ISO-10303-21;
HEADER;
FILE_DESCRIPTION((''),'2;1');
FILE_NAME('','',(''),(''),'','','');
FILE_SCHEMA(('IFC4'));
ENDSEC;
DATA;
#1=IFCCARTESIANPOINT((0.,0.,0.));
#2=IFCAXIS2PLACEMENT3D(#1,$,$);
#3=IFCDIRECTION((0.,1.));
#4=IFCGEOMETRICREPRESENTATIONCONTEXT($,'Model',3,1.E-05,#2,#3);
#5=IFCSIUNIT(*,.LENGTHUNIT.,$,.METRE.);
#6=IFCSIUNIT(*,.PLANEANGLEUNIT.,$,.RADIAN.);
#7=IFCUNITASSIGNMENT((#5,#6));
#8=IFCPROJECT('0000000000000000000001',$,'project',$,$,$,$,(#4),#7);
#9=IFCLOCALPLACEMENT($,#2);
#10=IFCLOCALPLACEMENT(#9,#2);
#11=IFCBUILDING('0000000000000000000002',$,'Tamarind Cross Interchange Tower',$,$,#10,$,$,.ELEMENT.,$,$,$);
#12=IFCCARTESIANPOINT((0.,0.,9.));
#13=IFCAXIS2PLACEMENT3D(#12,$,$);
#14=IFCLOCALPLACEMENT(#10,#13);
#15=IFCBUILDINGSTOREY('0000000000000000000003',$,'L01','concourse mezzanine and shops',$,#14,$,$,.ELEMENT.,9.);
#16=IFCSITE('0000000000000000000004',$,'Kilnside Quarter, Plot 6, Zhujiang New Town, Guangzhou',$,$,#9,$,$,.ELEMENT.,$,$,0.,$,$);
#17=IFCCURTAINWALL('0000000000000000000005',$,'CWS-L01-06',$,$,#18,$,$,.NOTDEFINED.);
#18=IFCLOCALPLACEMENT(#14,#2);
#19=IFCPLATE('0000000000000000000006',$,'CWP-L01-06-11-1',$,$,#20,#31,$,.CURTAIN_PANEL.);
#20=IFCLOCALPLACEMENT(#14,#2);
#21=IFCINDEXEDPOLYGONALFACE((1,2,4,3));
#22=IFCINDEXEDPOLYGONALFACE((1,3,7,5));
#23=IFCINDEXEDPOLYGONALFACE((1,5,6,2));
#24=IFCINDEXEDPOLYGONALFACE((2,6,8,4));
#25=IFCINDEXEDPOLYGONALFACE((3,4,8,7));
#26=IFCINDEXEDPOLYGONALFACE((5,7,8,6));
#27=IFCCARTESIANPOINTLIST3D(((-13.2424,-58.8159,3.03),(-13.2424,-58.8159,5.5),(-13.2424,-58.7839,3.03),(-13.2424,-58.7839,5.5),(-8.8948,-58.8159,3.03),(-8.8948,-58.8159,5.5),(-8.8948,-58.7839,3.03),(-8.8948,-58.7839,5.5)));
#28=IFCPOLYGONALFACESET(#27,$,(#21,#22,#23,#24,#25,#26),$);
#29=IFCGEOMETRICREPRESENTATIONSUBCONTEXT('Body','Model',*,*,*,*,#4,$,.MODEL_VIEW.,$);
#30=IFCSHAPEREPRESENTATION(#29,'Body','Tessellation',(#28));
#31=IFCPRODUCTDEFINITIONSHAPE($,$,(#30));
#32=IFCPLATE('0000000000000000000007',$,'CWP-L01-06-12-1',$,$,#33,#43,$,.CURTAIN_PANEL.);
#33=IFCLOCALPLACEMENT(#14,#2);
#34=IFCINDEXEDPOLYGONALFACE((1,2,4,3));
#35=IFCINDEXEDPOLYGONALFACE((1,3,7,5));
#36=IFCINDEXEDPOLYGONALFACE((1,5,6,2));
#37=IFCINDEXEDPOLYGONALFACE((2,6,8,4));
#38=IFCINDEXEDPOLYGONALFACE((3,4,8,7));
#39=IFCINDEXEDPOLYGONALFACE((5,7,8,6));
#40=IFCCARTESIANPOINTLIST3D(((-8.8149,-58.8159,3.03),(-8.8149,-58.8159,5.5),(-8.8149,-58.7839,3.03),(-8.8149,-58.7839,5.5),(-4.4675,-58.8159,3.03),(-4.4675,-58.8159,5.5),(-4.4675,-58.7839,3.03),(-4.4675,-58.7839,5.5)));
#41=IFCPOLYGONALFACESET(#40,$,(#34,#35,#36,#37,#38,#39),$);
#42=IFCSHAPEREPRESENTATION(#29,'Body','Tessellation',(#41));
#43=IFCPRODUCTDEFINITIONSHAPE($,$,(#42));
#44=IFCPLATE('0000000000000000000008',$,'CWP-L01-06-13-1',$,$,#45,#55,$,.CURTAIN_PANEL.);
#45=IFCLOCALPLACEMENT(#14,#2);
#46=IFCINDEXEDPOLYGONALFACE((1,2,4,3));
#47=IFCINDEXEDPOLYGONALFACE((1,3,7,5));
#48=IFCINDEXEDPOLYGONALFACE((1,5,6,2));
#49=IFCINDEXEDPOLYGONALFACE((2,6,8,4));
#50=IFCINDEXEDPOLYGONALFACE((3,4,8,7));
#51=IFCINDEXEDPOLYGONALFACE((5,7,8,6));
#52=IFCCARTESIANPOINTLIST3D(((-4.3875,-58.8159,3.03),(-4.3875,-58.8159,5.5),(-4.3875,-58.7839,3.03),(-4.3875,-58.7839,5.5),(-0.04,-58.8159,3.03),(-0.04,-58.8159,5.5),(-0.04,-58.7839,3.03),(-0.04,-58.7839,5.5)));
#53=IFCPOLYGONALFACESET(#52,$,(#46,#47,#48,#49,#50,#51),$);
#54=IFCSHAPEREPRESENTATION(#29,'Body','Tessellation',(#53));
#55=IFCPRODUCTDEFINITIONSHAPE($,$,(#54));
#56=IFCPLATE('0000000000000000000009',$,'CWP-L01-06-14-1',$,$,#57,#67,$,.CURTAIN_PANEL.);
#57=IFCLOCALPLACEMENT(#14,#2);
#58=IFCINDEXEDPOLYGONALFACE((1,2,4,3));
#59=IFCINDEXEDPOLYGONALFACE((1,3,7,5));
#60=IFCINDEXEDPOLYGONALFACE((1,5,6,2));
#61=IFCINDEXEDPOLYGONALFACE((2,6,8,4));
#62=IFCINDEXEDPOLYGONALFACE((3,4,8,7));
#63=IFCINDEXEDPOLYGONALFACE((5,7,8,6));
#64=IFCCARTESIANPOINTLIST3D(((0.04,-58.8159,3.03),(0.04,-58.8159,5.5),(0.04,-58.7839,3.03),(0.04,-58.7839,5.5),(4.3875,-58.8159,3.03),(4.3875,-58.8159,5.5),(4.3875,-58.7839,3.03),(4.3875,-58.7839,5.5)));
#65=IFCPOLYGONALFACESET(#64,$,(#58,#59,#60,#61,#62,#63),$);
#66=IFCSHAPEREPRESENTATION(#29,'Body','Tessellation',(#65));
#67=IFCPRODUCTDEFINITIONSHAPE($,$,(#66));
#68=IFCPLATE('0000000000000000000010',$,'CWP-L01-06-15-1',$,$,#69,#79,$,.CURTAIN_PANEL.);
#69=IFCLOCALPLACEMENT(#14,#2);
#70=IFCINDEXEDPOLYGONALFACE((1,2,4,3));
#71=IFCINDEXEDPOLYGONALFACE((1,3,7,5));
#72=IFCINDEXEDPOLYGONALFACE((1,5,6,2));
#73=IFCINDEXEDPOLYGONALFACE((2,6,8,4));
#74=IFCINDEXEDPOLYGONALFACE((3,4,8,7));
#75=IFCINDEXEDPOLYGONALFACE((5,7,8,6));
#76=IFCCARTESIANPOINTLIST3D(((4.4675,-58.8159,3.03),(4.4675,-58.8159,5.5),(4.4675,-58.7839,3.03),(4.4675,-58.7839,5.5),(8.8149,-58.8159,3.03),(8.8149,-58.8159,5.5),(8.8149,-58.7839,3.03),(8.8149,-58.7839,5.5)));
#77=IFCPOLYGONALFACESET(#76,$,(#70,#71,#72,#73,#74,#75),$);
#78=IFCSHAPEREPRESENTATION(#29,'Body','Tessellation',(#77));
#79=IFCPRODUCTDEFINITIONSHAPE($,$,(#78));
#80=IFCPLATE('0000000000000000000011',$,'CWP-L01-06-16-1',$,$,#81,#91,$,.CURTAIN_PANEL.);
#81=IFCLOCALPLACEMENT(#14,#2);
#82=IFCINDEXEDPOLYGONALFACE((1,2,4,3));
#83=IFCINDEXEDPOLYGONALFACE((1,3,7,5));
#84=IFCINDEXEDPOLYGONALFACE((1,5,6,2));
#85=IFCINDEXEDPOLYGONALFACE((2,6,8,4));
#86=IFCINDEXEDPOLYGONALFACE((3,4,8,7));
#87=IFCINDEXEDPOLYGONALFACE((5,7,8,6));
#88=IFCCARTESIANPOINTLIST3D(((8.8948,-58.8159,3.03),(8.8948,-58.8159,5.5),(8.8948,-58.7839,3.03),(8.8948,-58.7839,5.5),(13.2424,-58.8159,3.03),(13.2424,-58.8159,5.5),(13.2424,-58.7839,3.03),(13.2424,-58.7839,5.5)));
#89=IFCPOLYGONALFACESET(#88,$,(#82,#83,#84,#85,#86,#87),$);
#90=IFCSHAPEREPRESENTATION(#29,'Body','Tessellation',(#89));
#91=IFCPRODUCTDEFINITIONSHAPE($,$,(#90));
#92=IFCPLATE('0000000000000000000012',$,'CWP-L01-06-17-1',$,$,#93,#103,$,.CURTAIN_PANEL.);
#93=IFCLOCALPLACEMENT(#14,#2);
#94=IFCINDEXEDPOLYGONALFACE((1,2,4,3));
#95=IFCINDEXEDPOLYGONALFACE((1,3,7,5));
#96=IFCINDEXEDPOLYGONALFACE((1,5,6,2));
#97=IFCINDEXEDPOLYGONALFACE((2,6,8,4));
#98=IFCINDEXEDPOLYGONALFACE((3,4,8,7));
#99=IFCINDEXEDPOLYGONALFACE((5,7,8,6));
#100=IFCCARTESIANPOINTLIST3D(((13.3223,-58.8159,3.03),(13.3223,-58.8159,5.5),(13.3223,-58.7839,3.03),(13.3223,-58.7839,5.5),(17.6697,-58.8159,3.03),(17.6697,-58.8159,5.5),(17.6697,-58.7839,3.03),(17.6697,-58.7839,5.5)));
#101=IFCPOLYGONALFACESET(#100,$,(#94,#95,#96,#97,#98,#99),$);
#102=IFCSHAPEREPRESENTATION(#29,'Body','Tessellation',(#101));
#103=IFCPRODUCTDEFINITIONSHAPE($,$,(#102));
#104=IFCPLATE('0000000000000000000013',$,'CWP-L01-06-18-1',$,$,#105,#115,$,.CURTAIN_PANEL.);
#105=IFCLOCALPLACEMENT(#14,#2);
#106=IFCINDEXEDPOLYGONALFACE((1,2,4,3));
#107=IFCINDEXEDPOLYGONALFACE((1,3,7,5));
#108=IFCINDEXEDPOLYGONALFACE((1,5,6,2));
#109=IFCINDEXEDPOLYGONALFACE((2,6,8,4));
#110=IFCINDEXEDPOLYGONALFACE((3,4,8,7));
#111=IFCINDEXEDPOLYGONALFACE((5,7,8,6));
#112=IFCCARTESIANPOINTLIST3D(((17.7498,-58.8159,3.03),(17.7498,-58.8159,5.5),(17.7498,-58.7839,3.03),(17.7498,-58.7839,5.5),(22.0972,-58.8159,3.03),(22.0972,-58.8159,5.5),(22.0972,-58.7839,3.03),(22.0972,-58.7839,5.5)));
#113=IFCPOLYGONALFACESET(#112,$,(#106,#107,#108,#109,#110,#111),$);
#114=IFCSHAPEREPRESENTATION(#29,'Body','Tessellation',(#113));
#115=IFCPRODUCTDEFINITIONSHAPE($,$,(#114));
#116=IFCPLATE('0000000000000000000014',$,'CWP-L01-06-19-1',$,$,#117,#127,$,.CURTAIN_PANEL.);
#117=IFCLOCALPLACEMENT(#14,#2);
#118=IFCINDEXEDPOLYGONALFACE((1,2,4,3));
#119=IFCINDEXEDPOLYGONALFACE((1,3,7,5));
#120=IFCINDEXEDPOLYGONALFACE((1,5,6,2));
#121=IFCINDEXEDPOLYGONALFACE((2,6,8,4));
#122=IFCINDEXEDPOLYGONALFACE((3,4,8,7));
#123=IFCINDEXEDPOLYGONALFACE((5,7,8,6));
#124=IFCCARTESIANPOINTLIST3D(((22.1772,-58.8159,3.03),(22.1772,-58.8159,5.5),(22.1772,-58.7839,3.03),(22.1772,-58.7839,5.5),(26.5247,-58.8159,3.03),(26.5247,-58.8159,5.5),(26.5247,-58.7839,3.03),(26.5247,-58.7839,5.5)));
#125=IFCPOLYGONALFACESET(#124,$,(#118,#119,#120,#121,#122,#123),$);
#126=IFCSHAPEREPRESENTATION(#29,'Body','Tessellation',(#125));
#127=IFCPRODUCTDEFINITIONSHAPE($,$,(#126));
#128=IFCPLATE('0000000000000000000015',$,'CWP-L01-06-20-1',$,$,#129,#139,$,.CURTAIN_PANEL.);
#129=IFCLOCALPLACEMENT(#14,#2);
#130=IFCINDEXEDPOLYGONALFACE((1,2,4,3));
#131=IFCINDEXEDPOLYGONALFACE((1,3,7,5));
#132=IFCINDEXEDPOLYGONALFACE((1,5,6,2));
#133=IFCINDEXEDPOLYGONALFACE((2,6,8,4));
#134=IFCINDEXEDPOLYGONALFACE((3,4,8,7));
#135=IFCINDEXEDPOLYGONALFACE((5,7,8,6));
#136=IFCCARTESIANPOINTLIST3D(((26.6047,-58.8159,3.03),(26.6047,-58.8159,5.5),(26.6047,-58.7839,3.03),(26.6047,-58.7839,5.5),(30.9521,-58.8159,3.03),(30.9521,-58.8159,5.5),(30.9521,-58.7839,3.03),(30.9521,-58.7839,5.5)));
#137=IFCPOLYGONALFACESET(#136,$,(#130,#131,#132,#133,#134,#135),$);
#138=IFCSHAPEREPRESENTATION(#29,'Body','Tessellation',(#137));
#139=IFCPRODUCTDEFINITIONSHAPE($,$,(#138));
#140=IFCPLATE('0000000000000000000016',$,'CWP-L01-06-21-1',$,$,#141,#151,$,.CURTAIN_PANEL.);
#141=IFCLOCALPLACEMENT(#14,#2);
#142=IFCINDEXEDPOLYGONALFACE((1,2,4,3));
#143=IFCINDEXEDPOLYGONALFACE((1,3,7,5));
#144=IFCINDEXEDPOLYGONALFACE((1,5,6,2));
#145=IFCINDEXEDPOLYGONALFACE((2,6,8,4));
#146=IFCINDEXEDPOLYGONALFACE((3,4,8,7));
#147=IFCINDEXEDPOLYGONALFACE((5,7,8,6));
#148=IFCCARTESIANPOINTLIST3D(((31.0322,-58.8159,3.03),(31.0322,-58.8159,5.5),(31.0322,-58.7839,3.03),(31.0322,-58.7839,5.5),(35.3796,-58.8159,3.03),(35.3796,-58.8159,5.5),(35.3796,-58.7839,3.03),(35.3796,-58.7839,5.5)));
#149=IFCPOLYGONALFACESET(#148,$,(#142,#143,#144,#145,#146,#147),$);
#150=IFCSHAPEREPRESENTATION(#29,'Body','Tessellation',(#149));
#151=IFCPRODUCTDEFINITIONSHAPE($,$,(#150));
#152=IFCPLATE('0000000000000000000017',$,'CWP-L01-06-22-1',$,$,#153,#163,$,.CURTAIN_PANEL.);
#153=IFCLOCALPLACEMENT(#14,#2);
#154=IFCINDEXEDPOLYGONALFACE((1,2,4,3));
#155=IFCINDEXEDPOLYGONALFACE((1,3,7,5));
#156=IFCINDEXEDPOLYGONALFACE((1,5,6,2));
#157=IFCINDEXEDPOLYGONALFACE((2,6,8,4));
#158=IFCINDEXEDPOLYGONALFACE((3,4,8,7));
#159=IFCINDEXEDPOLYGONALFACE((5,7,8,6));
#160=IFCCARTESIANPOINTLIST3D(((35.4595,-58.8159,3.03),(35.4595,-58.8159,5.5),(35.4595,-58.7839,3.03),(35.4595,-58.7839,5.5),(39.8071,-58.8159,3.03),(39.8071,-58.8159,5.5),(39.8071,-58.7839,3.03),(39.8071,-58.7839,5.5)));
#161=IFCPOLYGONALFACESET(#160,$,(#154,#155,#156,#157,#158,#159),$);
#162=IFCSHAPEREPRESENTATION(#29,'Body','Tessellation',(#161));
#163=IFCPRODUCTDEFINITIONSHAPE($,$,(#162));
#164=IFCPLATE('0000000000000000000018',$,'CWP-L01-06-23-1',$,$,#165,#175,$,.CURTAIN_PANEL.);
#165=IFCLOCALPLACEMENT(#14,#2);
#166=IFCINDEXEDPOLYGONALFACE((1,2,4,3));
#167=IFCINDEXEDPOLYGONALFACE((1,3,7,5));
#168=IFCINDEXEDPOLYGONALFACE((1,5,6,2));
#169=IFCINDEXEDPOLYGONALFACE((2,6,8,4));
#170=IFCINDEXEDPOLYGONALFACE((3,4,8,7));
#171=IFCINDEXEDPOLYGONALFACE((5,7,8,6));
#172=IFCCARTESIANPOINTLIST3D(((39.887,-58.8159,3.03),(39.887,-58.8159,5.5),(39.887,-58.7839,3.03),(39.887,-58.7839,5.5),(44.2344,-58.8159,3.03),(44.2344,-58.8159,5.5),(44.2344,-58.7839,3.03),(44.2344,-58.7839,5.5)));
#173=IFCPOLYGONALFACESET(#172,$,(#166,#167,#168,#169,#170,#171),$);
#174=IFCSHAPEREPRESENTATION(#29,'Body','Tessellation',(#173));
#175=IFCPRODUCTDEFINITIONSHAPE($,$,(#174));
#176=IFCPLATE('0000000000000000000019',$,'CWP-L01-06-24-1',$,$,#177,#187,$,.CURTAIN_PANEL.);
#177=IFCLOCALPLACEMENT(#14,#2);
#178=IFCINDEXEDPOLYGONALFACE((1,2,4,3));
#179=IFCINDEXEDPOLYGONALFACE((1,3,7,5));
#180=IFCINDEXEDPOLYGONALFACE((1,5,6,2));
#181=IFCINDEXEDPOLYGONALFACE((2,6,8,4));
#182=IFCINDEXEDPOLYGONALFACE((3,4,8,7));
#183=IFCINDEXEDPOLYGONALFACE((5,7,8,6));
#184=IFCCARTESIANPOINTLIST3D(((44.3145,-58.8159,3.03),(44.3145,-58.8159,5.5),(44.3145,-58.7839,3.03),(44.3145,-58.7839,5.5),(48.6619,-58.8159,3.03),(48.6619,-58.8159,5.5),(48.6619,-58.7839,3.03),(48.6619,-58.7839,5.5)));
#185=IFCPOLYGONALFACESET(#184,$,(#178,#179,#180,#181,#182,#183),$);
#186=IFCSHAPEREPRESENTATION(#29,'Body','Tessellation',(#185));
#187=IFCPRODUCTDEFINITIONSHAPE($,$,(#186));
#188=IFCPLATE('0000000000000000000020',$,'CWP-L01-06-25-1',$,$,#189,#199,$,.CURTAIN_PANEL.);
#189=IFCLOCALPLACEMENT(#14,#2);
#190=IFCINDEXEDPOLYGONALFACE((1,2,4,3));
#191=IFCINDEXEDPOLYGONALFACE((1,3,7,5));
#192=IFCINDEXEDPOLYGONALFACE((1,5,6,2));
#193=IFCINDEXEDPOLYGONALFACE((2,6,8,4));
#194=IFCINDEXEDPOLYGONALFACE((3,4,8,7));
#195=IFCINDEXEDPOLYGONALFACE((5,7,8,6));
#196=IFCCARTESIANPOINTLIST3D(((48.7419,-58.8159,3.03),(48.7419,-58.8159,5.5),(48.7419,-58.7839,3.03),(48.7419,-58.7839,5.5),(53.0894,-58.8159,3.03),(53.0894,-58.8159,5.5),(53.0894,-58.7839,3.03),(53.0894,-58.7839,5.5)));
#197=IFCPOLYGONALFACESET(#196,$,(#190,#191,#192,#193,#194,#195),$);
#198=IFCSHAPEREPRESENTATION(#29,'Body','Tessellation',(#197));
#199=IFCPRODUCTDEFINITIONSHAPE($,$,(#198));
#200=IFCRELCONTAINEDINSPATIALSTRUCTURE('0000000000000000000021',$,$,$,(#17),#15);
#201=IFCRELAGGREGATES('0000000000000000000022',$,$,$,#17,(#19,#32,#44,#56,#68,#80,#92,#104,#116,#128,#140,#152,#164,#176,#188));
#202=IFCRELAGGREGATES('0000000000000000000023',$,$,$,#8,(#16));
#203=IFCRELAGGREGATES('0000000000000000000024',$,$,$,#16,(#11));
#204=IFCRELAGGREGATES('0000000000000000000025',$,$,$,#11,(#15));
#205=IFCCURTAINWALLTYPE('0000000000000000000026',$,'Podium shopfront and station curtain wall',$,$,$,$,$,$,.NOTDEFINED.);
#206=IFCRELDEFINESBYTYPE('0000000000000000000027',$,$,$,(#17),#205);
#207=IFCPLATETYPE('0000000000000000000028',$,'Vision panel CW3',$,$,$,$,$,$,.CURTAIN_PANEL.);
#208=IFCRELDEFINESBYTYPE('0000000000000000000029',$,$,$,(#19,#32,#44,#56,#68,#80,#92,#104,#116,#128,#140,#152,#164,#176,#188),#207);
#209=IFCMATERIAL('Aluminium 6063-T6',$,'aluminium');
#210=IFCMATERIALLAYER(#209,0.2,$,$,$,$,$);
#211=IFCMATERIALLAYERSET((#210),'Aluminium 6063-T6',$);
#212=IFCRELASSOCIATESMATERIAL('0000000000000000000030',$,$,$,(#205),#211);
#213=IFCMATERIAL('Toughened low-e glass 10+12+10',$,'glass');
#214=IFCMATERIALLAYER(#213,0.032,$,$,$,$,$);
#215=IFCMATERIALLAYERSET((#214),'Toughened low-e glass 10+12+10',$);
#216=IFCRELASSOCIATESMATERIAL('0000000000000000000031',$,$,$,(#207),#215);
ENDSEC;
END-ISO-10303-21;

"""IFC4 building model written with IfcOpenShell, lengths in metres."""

from ifc_helpers import new_model, si_unit, direction, frame, origin, place, context, subcontext, project, spatial, polyline, outline, extrude, material, layer, layer_set, type_object, element, aggregate, save


model = new_model("IFC4")

# Units and contexts
model_context = context("Model", 3, precision=1e-05, world=origin(), true_north=direction((0.0, 1.0)))
body_context = subcontext(model_context, "Body", "Model", "MODEL_VIEW")
ifc_project = project(units=[si_unit("LENGTHUNIT", "METRE"), si_unit("PLANEANGLEUNIT", "RADIAN")], contexts=[model_context])

# Site, building, storey
site_placement = place(None, origin())
site = spatial("IfcSite", under=ifc_project, at=site_placement, Name="Kilnside Quarter, Plot 6, Zhujiang New Town, Guangzhou", CompositionType="ELEMENT", RefElevation=0.0)
building_placement = place(site_placement, origin())
building = spatial("IfcBuilding", under=site, at=building_placement, Name="Tamarind Cross Interchange Tower", CompositionType="ELEMENT")
storey_placement = place(building_placement, frame((0.0, 0.0, 9.0)))
storey = spatial("IfcBuildingStorey", under=building, at=storey_placement, Name="L01", Description="concourse mezzanine and shops", CompositionType="ELEMENT", Elevation=9.0)

# Curtain wall, plates
ifc_material_1 = material(Name="Aluminium 6063-T6", Category="aluminium")
ifc_layer_1 = layer(ifc_material_1, 0.2)
ifc_layer_set_1 = layer_set([ifc_layer_1], Name="Aluminium 6063-T6")
curtain_wall_type = type_object("IfcCurtainWallType", Name="Podium shopfront and station curtain wall", PredefinedType="NOTDEFINED", material=ifc_layer_set_1)
curtain_wall_placement = place(storey_placement, origin())
curtain_wall = element("IfcCurtainWall", 1, at=curtain_wall_placement, inside=storey, type_object=curtain_wall_type, Name="CWS-L01-06", PredefinedType="NOTDEFINED")
ifc_material_2 = material(Name="Toughened low-e glass 10+12+10", Category="glass")
ifc_layer_2 = layer(ifc_material_2, 0.032)
ifc_layer_set_2 = layer_set([ifc_layer_2], Name="Toughened low-e glass 10+12+10")
plate_type = type_object("IfcPlateType", Name="Vision panel CW3", PredefinedType="CURTAIN_PANEL", material=ifc_layer_set_2)
plate_1_placement = place(storey_placement, frame((0.0, 0.0, 3.03)))
plate_1 = element("IfcPlate", 2, at=plate_1_placement, type_object=plate_type, Name="CWP-L01-06-11-1", PredefinedType="CURTAIN_PANEL", context=body_context, shape_type="SweptSolid", body=[
    extrude(outline(polyline([(-13.2424, -58.7839), (-8.8948, -58.7839), (-8.8948, -58.8159), (-13.2424, -58.8159), (-13.2424, -58.7839)])), origin(), (0.0, 0.0, 1.0), 2.47),
])
plate_2_placement = place(storey_placement, frame((0.0, 0.0, 3.03)))
plate_2 = element("IfcPlate", 3, at=plate_2_placement, type_object=plate_type, Name="CWP-L01-06-12-1", PredefinedType="CURTAIN_PANEL", context=body_context, shape_type="SweptSolid", body=[
    extrude(outline(polyline([(-8.8149, -58.7839), (-4.4675, -58.7839), (-4.4675, -58.8159), (-8.8149, -58.8159), (-8.8149, -58.7839)])), origin(), (0.0, 0.0, 1.0), 2.47),
])
plate_3_placement = place(storey_placement, frame((0.0, 0.0, 3.03)))
plate_3 = element("IfcPlate", 4, at=plate_3_placement, type_object=plate_type, Name="CWP-L01-06-13-1", PredefinedType="CURTAIN_PANEL", context=body_context, shape_type="SweptSolid", body=[
    extrude(outline(polyline([(-4.3875, -58.7839), (-0.04, -58.7839), (-0.04, -58.8159), (-4.3875, -58.8159), (-4.3875, -58.7839)])), origin(), (0.0, 0.0, 1.0), 2.47),
])
plate_4_placement = place(storey_placement, frame((0.0, 0.0, 3.03)))
plate_4 = element("IfcPlate", 5, at=plate_4_placement, type_object=plate_type, Name="CWP-L01-06-14-1", PredefinedType="CURTAIN_PANEL", context=body_context, shape_type="SweptSolid", body=[
    extrude(outline(polyline([(0.04, -58.7839), (4.3875, -58.7839), (4.3875, -58.8159), (0.04, -58.8159), (0.04, -58.7839)])), origin(), (0.0, 0.0, 1.0), 2.47),
])
plate_5_placement = place(storey_placement, frame((0.0, 0.0, 3.03)))
plate_5 = element("IfcPlate", 6, at=plate_5_placement, type_object=plate_type, Name="CWP-L01-06-15-1", PredefinedType="CURTAIN_PANEL", context=body_context, shape_type="SweptSolid", body=[
    extrude(outline(polyline([(4.4675, -58.7839), (8.8149, -58.7839), (8.8149, -58.8159), (4.4675, -58.8159), (4.4675, -58.7839)])), origin(), (0.0, 0.0, 1.0), 2.47),
])
plate_6_placement = place(storey_placement, frame((0.0, 0.0, 3.03)))
plate_6 = element("IfcPlate", 7, at=plate_6_placement, type_object=plate_type, Name="CWP-L01-06-16-1", PredefinedType="CURTAIN_PANEL", context=body_context, shape_type="SweptSolid", body=[
    extrude(outline(polyline([(8.8948, -58.7839), (13.2424, -58.7839), (13.2424, -58.8159), (8.8948, -58.8159), (8.8948, -58.7839)])), origin(), (0.0, 0.0, 1.0), 2.47),
])
plate_7_placement = place(storey_placement, frame((0.0, 0.0, 3.03)))
plate_7 = element("IfcPlate", 8, at=plate_7_placement, type_object=plate_type, Name="CWP-L01-06-17-1", PredefinedType="CURTAIN_PANEL", context=body_context, shape_type="SweptSolid", body=[
    extrude(outline(polyline([(13.3223, -58.7839), (17.6697, -58.7839), (17.6697, -58.8159), (13.3223, -58.8159), (13.3223, -58.7839)])), origin(), (0.0, 0.0, 1.0), 2.47),
])
plate_8_placement = place(storey_placement, frame((0.0, 0.0, 3.03)))
plate_8 = element("IfcPlate", 9, at=plate_8_placement, type_object=plate_type, Name="CWP-L01-06-18-1", PredefinedType="CURTAIN_PANEL", context=body_context, shape_type="SweptSolid", body=[
    extrude(outline(polyline([(17.7498, -58.7839), (22.0972, -58.7839), (22.0972, -58.8159), (17.7498, -58.8159), (17.7498, -58.7839)])), origin(), (0.0, 0.0, 1.0), 2.47),
])
plate_9_placement = place(storey_placement, frame((0.0, 0.0, 3.03)))
plate_9 = element("IfcPlate", 10, at=plate_9_placement, type_object=plate_type, Name="CWP-L01-06-19-1", PredefinedType="CURTAIN_PANEL", context=body_context, shape_type="SweptSolid", body=[
    extrude(outline(polyline([(22.1772, -58.7839), (26.5247, -58.7839), (26.5247, -58.8159), (22.1772, -58.8159), (22.1772, -58.7839)])), origin(), (0.0, 0.0, 1.0), 2.47),
])
plate_10_placement = place(storey_placement, frame((0.0, 0.0, 3.03)))
plate_10 = element("IfcPlate", 11, at=plate_10_placement, type_object=plate_type, Name="CWP-L01-06-20-1", PredefinedType="CURTAIN_PANEL", context=body_context, shape_type="SweptSolid", body=[
    extrude(outline(polyline([(26.6047, -58.7839), (30.9521, -58.7839), (30.9521, -58.8159), (26.6047, -58.8159), (26.6047, -58.7839)])), origin(), (0.0, 0.0, 1.0), 2.47),
])
plate_11_placement = place(storey_placement, frame((0.0, 0.0, 3.03)))
plate_11 = element("IfcPlate", 12, at=plate_11_placement, type_object=plate_type, Name="CWP-L01-06-21-1", PredefinedType="CURTAIN_PANEL", context=body_context, shape_type="SweptSolid", body=[
    extrude(outline(polyline([(31.0322, -58.7839), (35.3796, -58.7839), (35.3796, -58.8159), (31.0322, -58.8159), (31.0322, -58.7839)])), origin(), (0.0, 0.0, 1.0), 2.47),
])
plate_12_placement = place(storey_placement, frame((0.0, 0.0, 3.03)))
plate_12 = element("IfcPlate", 13, at=plate_12_placement, type_object=plate_type, Name="CWP-L01-06-22-1", PredefinedType="CURTAIN_PANEL", context=body_context, shape_type="SweptSolid", body=[
    extrude(outline(polyline([(35.4595, -58.7839), (39.8071, -58.7839), (39.8071, -58.8159), (35.4595, -58.8159), (35.4595, -58.7839)])), origin(), (0.0, 0.0, 1.0), 2.47),
])
plate_13_placement = place(storey_placement, frame((0.0, 0.0, 3.03)))
plate_13 = element("IfcPlate", 14, at=plate_13_placement, type_object=plate_type, Name="CWP-L01-06-23-1", PredefinedType="CURTAIN_PANEL", context=body_context, shape_type="SweptSolid", body=[
    extrude(outline(polyline([(39.887, -58.7839), (44.2344, -58.7839), (44.2344, -58.8159), (39.887, -58.8159), (39.887, -58.7839)])), origin(), (0.0, 0.0, 1.0), 2.47),
])
plate_14_placement = place(storey_placement, frame((0.0, 0.0, 3.03)))
plate_14 = element("IfcPlate", 15, at=plate_14_placement, type_object=plate_type, Name="CWP-L01-06-24-1", PredefinedType="CURTAIN_PANEL", context=body_context, shape_type="SweptSolid", body=[
    extrude(outline(polyline([(44.3145, -58.7839), (48.6619, -58.7839), (48.6619, -58.8159), (44.3145, -58.8159), (44.3145, -58.7839)])), origin(), (0.0, 0.0, 1.0), 2.47),
])
plate_15_placement = place(storey_placement, frame((0.0, 0.0, 3.03)))
plate_15 = element("IfcPlate", 16, at=plate_15_placement, type_object=plate_type, Name="CWP-L01-06-25-1", PredefinedType="CURTAIN_PANEL", context=body_context, shape_type="SweptSolid", body=[
    extrude(outline(polyline([(48.7419, -58.7839), (53.0894, -58.7839), (53.0894, -58.8159), (48.7419, -58.8159), (48.7419, -58.7839)])), origin(), (0.0, 0.0, 1.0), 2.47),
])
aggregate(curtain_wall, [plate_1, plate_2, plate_3, plate_4, plate_5, plate_6, plate_7, plate_8, plate_9, plate_10, plate_11, plate_12, plate_13, plate_14, plate_15])

save(model, "model.ifc")
